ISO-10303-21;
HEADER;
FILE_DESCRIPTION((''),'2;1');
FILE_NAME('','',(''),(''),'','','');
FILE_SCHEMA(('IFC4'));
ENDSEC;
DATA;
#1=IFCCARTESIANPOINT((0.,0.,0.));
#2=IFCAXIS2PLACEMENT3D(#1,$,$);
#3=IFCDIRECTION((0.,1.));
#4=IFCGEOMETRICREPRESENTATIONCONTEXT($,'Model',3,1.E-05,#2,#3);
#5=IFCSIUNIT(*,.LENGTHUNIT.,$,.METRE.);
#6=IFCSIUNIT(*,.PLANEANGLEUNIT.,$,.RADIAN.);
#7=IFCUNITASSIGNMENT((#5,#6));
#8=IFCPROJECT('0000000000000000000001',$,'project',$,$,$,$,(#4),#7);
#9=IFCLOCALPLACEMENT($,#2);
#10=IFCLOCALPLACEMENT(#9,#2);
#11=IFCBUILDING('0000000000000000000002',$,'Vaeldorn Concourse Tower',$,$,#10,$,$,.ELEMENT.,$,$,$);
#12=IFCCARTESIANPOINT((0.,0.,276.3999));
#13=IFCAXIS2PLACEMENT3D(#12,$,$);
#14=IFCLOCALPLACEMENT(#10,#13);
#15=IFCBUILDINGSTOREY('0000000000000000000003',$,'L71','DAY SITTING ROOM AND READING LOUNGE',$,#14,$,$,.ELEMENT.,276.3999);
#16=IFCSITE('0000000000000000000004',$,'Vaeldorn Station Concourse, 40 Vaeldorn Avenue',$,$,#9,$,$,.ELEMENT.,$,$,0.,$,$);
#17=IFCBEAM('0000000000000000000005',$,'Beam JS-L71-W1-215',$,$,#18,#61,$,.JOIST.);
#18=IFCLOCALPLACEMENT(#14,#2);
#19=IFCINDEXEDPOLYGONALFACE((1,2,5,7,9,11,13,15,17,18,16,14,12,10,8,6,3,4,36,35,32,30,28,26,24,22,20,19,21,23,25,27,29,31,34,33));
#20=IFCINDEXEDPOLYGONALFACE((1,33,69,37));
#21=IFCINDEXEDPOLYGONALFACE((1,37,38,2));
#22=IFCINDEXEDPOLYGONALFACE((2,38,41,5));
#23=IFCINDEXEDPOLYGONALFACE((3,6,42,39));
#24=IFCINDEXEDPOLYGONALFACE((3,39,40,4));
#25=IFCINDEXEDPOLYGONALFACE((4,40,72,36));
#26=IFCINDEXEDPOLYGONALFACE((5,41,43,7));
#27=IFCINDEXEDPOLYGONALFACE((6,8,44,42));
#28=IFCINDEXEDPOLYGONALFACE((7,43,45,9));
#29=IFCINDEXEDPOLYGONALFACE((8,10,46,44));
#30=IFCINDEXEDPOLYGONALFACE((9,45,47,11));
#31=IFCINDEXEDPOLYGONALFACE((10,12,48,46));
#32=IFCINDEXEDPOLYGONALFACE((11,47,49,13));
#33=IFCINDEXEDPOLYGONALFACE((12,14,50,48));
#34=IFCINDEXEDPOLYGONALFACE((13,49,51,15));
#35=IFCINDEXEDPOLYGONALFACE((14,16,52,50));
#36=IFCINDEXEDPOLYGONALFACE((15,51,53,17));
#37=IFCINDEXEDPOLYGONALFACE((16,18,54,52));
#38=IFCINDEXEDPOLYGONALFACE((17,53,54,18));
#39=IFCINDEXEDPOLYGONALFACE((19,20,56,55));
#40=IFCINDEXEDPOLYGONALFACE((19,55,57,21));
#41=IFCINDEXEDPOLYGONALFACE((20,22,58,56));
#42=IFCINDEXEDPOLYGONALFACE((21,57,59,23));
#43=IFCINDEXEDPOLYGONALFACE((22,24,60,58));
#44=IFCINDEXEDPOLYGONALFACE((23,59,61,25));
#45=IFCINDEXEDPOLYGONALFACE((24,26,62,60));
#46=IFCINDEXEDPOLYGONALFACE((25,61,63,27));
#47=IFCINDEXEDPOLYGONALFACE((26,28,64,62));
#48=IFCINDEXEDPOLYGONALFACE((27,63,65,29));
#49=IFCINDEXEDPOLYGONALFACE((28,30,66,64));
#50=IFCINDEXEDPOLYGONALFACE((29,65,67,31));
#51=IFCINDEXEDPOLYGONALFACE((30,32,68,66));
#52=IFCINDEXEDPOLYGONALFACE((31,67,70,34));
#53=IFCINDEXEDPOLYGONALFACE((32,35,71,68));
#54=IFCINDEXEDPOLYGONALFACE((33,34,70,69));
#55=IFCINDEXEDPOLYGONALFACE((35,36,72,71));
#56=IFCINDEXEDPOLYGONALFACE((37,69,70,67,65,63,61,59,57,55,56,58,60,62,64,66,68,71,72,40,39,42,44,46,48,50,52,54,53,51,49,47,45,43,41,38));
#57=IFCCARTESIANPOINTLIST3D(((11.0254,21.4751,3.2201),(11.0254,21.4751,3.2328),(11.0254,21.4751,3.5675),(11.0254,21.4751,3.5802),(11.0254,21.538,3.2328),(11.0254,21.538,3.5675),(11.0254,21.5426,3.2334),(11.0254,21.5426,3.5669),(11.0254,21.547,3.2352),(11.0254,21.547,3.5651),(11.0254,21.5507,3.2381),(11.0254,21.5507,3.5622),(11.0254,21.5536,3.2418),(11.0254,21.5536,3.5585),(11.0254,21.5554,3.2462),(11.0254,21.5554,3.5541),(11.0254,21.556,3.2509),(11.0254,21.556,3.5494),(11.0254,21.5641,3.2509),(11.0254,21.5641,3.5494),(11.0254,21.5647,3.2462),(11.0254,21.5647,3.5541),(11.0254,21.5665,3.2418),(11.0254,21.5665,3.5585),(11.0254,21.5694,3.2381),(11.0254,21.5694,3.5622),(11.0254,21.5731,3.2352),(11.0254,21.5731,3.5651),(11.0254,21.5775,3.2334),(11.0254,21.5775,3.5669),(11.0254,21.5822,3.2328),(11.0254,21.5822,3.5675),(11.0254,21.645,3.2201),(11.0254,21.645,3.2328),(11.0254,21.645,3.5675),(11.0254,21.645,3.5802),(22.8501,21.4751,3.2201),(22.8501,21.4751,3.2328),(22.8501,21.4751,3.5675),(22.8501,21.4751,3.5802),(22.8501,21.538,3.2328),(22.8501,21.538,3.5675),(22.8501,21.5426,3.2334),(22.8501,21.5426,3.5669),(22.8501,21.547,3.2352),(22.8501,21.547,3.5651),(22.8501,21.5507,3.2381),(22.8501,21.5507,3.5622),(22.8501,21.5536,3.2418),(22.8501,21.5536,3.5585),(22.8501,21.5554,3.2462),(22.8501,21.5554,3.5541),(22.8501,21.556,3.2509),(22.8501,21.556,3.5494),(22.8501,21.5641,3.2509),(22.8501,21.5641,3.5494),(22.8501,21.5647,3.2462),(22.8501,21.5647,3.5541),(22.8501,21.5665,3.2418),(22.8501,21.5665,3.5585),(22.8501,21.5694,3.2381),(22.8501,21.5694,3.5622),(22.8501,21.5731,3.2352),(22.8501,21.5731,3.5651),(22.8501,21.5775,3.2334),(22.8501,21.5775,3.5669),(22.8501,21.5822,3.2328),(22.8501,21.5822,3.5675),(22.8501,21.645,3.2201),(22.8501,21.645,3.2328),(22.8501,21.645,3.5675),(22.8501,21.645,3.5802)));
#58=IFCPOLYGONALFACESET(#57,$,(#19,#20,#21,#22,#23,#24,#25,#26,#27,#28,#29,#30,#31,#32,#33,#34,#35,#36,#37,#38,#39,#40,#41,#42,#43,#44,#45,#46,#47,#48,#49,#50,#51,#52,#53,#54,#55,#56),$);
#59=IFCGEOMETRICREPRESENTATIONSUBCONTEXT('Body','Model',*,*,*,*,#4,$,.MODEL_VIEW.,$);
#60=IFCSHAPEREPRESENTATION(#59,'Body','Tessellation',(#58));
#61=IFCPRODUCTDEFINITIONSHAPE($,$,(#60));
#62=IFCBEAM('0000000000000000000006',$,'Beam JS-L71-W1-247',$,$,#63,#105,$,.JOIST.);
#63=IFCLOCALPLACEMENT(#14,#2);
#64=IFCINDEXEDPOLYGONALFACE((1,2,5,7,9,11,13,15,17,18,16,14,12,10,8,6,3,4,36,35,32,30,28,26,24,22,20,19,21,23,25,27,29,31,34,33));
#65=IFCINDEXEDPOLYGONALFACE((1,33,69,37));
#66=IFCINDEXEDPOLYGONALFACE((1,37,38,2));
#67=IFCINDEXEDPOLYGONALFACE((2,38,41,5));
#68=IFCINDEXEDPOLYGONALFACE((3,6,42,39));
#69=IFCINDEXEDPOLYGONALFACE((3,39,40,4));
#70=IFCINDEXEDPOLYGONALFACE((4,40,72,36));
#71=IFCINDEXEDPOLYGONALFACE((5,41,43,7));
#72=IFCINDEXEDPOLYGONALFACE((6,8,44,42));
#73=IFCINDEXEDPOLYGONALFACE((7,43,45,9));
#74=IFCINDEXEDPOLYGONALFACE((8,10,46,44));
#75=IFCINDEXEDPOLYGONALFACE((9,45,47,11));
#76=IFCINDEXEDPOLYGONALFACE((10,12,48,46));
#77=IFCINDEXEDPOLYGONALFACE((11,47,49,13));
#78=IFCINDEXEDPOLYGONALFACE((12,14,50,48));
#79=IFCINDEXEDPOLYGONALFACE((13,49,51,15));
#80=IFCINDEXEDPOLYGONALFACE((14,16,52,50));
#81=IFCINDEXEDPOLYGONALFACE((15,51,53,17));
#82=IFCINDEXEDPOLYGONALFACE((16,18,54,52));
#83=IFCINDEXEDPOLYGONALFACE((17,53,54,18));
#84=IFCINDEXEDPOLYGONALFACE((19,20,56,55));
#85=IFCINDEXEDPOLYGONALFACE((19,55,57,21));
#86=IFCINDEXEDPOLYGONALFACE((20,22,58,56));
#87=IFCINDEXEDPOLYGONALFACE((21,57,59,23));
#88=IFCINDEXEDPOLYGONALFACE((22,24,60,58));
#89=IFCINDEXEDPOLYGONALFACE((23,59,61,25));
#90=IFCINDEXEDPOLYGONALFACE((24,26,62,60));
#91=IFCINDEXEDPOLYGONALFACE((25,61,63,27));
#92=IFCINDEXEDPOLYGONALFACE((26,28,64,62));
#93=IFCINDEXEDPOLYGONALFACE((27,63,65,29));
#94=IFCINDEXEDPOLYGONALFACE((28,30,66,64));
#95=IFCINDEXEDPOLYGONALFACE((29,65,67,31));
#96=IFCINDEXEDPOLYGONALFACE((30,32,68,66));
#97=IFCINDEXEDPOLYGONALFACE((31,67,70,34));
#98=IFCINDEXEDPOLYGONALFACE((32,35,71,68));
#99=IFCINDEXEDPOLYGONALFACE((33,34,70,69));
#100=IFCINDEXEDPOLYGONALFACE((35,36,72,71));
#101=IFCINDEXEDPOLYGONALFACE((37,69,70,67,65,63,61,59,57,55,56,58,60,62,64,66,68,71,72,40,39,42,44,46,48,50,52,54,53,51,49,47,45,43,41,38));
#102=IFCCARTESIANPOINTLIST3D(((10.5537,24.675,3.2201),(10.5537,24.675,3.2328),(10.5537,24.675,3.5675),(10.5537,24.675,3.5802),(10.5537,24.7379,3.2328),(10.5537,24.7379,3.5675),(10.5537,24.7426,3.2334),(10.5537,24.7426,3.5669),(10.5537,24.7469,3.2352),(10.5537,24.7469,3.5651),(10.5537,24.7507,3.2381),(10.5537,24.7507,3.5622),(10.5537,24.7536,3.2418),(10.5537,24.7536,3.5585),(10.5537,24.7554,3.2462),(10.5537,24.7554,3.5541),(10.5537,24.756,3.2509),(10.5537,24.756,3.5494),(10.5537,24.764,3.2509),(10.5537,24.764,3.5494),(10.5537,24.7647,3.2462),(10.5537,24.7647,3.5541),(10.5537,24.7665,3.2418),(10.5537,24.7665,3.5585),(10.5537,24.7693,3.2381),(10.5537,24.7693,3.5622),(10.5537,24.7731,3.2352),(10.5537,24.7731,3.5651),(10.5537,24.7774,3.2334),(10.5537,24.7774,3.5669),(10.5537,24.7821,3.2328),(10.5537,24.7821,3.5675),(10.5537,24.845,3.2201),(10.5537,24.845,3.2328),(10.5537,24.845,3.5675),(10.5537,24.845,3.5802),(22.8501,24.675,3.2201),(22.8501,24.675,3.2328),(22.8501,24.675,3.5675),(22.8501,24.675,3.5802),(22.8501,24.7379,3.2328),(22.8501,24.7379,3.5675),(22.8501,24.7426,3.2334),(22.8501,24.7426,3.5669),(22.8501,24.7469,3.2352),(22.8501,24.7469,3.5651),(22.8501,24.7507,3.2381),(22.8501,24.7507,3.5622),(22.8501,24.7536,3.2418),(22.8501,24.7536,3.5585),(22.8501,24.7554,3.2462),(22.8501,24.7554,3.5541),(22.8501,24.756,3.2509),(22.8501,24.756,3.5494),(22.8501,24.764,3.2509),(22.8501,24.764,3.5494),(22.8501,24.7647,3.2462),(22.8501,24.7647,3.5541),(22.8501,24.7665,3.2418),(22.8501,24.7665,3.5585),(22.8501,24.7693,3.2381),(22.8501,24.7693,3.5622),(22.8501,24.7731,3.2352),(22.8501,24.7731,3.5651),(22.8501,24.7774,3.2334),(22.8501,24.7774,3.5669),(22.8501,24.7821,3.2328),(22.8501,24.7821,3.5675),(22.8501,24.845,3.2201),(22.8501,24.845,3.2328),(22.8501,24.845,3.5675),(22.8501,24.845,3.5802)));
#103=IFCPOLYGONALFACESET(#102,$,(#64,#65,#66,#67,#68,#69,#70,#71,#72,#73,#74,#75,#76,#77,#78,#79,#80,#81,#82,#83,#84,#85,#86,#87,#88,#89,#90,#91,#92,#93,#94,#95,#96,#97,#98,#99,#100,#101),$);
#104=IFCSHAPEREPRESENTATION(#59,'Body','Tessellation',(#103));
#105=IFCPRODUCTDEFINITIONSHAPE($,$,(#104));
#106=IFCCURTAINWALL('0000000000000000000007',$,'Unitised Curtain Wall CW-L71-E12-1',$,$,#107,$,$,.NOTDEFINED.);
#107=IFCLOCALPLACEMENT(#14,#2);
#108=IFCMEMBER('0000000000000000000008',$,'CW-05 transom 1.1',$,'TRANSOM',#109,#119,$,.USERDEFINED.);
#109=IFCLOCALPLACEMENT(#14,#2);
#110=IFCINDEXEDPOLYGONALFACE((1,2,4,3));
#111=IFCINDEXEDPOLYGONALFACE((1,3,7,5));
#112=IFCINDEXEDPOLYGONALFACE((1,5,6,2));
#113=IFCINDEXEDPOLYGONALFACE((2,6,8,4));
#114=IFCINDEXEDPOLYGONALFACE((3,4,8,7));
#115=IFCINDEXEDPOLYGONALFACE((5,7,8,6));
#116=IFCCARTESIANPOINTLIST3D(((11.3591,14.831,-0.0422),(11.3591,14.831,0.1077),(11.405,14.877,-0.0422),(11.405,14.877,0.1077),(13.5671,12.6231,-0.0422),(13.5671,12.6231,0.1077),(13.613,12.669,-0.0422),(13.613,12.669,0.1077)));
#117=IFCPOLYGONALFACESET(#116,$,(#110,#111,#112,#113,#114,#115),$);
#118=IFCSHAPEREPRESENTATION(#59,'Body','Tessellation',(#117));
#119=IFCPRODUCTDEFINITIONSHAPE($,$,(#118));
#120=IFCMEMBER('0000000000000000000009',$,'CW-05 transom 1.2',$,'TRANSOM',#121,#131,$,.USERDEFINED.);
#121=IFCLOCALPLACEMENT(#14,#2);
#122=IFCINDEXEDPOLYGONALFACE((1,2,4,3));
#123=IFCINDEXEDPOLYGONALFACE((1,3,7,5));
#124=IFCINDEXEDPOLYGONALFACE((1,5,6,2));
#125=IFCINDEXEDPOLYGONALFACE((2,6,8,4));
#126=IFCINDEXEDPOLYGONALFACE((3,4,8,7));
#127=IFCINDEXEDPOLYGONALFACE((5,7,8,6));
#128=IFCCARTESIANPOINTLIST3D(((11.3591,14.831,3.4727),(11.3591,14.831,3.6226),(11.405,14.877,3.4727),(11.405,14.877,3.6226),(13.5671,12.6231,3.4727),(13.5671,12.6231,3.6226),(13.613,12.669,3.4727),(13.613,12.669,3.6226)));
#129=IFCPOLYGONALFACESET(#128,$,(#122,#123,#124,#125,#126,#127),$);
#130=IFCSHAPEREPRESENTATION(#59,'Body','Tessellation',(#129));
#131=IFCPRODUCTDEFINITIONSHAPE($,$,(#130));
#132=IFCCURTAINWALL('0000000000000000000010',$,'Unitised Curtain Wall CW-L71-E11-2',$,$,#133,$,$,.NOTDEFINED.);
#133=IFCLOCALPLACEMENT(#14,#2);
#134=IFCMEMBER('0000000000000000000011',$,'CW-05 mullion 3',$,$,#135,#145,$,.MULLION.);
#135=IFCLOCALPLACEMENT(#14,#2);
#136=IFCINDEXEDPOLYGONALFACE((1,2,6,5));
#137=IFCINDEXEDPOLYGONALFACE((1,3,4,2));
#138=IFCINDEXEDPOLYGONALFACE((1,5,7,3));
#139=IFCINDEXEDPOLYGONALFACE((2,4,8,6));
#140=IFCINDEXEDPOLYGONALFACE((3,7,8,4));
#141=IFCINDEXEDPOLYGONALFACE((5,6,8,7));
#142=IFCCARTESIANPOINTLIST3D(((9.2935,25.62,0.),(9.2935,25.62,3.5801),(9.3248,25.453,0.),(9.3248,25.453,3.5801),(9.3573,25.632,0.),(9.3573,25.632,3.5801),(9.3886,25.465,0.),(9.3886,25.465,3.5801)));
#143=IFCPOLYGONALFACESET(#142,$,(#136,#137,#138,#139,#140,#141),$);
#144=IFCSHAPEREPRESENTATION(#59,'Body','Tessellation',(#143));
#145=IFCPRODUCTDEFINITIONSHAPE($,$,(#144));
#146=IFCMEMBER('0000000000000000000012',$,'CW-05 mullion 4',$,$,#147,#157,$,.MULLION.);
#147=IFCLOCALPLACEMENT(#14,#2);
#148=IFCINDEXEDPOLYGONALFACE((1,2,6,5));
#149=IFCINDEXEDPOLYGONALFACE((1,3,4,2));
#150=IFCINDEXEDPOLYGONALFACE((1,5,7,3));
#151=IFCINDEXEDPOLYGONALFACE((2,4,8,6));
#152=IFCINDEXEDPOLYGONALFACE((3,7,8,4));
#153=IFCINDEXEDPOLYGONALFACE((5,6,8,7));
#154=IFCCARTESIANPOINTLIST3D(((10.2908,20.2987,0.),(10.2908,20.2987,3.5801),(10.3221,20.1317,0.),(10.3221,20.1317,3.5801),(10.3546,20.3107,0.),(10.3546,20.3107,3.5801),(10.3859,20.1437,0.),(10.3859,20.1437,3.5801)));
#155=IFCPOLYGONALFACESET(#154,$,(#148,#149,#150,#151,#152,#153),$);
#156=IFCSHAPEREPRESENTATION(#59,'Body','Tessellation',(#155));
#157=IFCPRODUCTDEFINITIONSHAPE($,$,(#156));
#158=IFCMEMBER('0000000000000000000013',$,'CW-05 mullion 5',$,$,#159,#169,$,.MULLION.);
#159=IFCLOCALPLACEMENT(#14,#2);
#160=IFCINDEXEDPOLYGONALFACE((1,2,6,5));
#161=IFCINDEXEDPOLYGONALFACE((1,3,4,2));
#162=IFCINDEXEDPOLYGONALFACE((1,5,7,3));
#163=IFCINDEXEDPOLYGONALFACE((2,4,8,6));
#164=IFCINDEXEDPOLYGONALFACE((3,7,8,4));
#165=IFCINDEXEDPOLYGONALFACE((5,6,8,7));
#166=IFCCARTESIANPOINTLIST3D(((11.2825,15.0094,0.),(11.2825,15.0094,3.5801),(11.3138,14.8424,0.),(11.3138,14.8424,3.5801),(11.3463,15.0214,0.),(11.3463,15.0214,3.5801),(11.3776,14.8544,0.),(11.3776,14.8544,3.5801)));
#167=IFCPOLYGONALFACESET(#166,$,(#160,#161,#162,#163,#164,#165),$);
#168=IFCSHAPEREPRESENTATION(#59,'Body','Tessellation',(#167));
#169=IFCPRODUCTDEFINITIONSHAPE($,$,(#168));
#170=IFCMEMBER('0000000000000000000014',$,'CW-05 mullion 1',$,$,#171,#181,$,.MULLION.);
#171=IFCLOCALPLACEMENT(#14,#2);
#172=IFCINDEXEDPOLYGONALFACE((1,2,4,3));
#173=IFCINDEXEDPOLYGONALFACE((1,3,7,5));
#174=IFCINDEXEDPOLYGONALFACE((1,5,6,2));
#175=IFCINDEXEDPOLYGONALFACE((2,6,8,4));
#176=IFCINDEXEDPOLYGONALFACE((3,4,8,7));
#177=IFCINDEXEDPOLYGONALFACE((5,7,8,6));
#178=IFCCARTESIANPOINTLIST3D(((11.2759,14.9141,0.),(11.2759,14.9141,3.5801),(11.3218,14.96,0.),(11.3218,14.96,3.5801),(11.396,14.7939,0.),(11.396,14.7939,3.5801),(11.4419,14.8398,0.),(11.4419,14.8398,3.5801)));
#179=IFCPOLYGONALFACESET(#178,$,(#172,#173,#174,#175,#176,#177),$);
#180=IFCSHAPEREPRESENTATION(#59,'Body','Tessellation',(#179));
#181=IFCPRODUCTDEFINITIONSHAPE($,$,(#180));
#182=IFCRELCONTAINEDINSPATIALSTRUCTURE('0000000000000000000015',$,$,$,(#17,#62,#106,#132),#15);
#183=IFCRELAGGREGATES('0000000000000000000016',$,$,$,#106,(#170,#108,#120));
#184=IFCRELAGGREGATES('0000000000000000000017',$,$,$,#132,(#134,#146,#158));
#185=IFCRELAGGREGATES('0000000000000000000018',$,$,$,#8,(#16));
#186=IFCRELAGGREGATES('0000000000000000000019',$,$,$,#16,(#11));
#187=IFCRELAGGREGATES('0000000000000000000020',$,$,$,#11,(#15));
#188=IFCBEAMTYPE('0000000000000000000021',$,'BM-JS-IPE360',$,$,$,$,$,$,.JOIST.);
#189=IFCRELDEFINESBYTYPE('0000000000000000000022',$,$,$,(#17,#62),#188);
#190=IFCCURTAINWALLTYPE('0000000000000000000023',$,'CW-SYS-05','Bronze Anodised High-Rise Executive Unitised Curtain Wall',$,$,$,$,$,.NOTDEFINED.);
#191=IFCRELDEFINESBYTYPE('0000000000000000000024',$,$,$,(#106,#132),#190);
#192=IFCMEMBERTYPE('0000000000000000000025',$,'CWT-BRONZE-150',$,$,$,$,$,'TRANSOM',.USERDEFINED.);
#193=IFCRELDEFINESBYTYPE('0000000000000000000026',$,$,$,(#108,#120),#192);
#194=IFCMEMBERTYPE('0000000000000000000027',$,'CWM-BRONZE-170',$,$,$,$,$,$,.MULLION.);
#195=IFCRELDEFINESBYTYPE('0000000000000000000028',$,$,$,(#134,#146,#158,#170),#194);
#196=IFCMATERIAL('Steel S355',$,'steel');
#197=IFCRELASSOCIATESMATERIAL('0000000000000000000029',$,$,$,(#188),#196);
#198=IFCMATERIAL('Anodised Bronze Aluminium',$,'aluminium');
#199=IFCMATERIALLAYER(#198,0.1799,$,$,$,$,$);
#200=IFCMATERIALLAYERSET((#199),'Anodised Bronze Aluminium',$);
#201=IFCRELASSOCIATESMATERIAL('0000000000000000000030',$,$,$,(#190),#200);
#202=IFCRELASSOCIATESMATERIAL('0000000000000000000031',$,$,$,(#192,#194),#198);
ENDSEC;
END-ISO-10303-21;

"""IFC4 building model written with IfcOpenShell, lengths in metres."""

from ifc_helpers import new_model, si_unit, direction, frame, origin, origin_2d, place, context, subcontext, project, spatial, rectangle, i_section, extrude, source, transform, mapped, material, layer, layer_set, material_profile, profile_set, type_object, element, aggregate, save


model = new_model("IFC4")

# Units and contexts
model_context = context("Model", 3, precision=1e-05, world=origin(), true_north=direction((0.0, 1.0)))
body_context = subcontext(model_context, "Body", "Model", "MODEL_VIEW")
ifc_project = project(units=[si_unit("LENGTHUNIT", "METRE"), si_unit("PLANEANGLEUNIT", "RADIAN")], contexts=[model_context])

# Site, building, storey
site_placement = place(None, origin())
site = spatial("IfcSite", under=ifc_project, at=site_placement, Name="Vaeldorn Station Concourse, 40 Vaeldorn Avenue", CompositionType="ELEMENT", RefElevation=0.0)
building_placement = place(site_placement, origin())
building = spatial("IfcBuilding", under=site, at=building_placement, Name="Vaeldorn Concourse Tower", CompositionType="ELEMENT")
storey_placement = place(building_placement, frame((0.0, 0.0, 276.3999)))
storey = spatial("IfcBuildingStorey", under=building, at=storey_placement, Name="L71", Description="DAY SITTING ROOM AND READING LOUNGE", CompositionType="ELEMENT", Elevation=276.3999)

# Shared definitions
ifc_material_1 = material(Name="Steel S355", Category="steel")

# Beams
ifc_material_profile_1 = material_profile(ifc_material_1, i_section(OverallWidth=0.1699, OverallDepth=0.3601, WebThickness=0.0081, FlangeThickness=0.0127, FilletRadius=0.0181, at=origin_2d()), Name="IPE 360")
ifc_profile_set_1 = profile_set([ifc_material_profile_1], Name="Steel S355")
beam_type_1 = type_object("IfcBeamType", Name="BM-JS-IPE360", PredefinedType="JOIST", material=ifc_profile_set_1)
shared_shape_1 = source(origin(), body_context, "Body", "SweptSolid", [
    extrude(i_section(OverallWidth=0.1699, OverallDepth=0.3601, WebThickness=0.0081, FlangeThickness=0.0127, FilletRadius=0.0181, at=origin_2d()), origin(), (0.0, 0.0, 1.0), 11.8247),
])
beam_1_placement = place(storey_placement, frame((11.0254, 21.5601, 3.4001), z_axis=(1.0, 0.0, 0.0), x_axis=(0.0, 1.0, 0.0)))
element("IfcBeam", 1, at=beam_1_placement, inside=storey, type_object=beam_type_1, Name="Beam JS-L71-W1-215", PredefinedType="JOIST", context=body_context, shape_type="MappedRepresentation", body=[
    mapped(shared_shape_1, transform((0.0, 0.0, 0.0), scale=1.0)),
])
shared_shape_2 = source(origin(), body_context, "Body", "SweptSolid", [
    extrude(i_section(OverallWidth=0.1699, OverallDepth=0.3601, WebThickness=0.0081, FlangeThickness=0.0127, FilletRadius=0.0181, at=origin_2d()), origin(), (0.0, 0.0, 1.0), 12.2964),
])
beam_2_placement = place(storey_placement, frame((10.5537, 24.76, 3.4001), z_axis=(1.0, 0.0, 0.0), x_axis=(0.0, 1.0, 0.0)))
element("IfcBeam", 2, at=beam_2_placement, inside=storey, type_object=beam_type_1, Name="Beam JS-L71-W1-247", PredefinedType="JOIST", context=body_context, shape_type="MappedRepresentation", body=[
    mapped(shared_shape_2, transform((0.0, 0.0, 0.0), scale=1.0)),
])

# Curtain walls, members
ifc_material_2 = material(Name="Anodised Bronze Aluminium", Category="aluminium")
ifc_layer_1 = layer(ifc_material_2, 0.1799)
ifc_layer_set_1 = layer_set([ifc_layer_1], Name="Anodised Bronze Aluminium")
curtain_wall_type = type_object("IfcCurtainWallType", Name="CW-SYS-05", Description="Bronze Anodised High-Rise Executive Unitised Curtain Wall", PredefinedType="NOTDEFINED", material=ifc_layer_set_1)
curtain_wall_1_placement = place(storey_placement, origin())
curtain_wall_1 = element("IfcCurtainWall", 3, at=curtain_wall_1_placement, inside=storey, type_object=curtain_wall_type, Name="Unitised Curtain Wall CW-L71-E12-1", PredefinedType="NOTDEFINED")
ifc_material_profile_2 = material_profile(ifc_material_2, rectangle(XDim=0.0649, YDim=0.1499, at=origin_2d()), Name="CWT 65x150")
ifc_profile_set_2 = profile_set([ifc_material_profile_2], Name="Anodised Bronze Aluminium")
member_type_1 = type_object("IfcMemberType", Name="CWT-BRONZE-150", ElementType="TRANSOM", PredefinedType="USERDEFINED", material=ifc_profile_set_2)
shared_shape_3 = source(origin(), body_context, "Body", "SweptSolid", [
    extrude(rectangle(XDim=0.0649, YDim=0.1499, at=origin_2d()), origin(), (0.0, 0.0, 1.0), 3.1226),
])
member_1_placement = place(storey_placement, frame((11.3821, 14.854, 0.0327), z_axis=(0.707107, -0.707107, 0.0), x_axis=(0.707107, 0.707107, 0.0)))
member_1 = element("IfcMember", 4, at=member_1_placement, type_object=member_type_1, Name="CW-05 transom 1.1", ObjectType="TRANSOM", PredefinedType="USERDEFINED", context=body_context, shape_type="MappedRepresentation", body=[
    mapped(shared_shape_3, transform((0.0, 0.0, 0.0), scale=1.0)),
])
member_2_placement = place(storey_placement, frame((11.3821, 14.854, 3.5476), z_axis=(0.707107, -0.707107, 0.0), x_axis=(0.707107, 0.707107, 0.0)))
member_2 = element("IfcMember", 5, at=member_2_placement, type_object=member_type_1, Name="CW-05 transom 1.2", ObjectType="TRANSOM", PredefinedType="USERDEFINED", context=body_context, shape_type="MappedRepresentation", body=[
    mapped(shared_shape_3, transform((0.0, 0.0, 0.0), scale=1.0)),
])
curtain_wall_2_placement = place(storey_placement, origin())
curtain_wall_2 = element("IfcCurtainWall", 6, at=curtain_wall_2_placement, inside=storey, type_object=curtain_wall_type, Name="Unitised Curtain Wall CW-L71-E11-2", PredefinedType="NOTDEFINED")
ifc_material_profile_3 = material_profile(ifc_material_2, rectangle(XDim=0.0649, YDim=0.1699, at=origin_2d()), Name="CWM 65x170")
ifc_profile_set_3 = profile_set([ifc_material_profile_3], Name="Anodised Bronze Aluminium")
member_type_2 = type_object("IfcMemberType", Name="CWM-BRONZE-170", PredefinedType="MULLION", material=ifc_profile_set_3)
shared_shape_4 = source(origin(), body_context, "Body", "SweptSolid", [
    extrude(rectangle(XDim=0.0649, YDim=0.1699, at=origin_2d()), origin(), (0.0, 0.0, 1.0), 3.5801),
])
member_3_placement = place(storey_placement, frame((9.3411, 25.5425, 0.0), z_axis=(0.0, 0.0, 1.0), x_axis=(0.98288, 0.184247, 0.0)))
member_3 = element("IfcMember", 7, at=member_3_placement, type_object=member_type_2, Name="CW-05 mullion 3", PredefinedType="MULLION", context=body_context, shape_type="MappedRepresentation", body=[
    mapped(shared_shape_4, transform((0.0, 0.0, 0.0), scale=1.0)),
])
member_4_placement = place(storey_placement, frame((10.3384, 20.2212, 0.0), z_axis=(0.0, 0.0, 1.0), x_axis=(0.98288, 0.184247, 0.0)))
member_4 = element("IfcMember", 8, at=member_4_placement, type_object=member_type_2, Name="CW-05 mullion 4", PredefinedType="MULLION", context=body_context, shape_type="MappedRepresentation", body=[
    mapped(shared_shape_4, transform((0.0, 0.0, 0.0), scale=1.0)),
])
member_5_placement = place(storey_placement, frame((11.3301, 14.9319, 0.0), z_axis=(0.0, 0.0, 1.0), x_axis=(0.98288, 0.184247, 0.0)))
member_5 = element("IfcMember", 9, at=member_5_placement, type_object=member_type_2, Name="CW-05 mullion 5", PredefinedType="MULLION", context=body_context, shape_type="MappedRepresentation", body=[
    mapped(shared_shape_4, transform((0.0, 0.0, 0.0), scale=1.0)),
])

# Member
member_6_placement = place(storey_placement, frame((11.3589, 14.877, 0.0), z_axis=(0.0, 0.0, 1.0), x_axis=(0.707107, 0.707107, 0.0)))
member_6 = element("IfcMember", 10, at=member_6_placement, type_object=member_type_2, Name="CW-05 mullion 1", PredefinedType="MULLION", context=body_context, shape_type="MappedRepresentation", body=[
    mapped(shared_shape_4, transform((0.0, 0.0, 0.0), scale=1.0)),
])
aggregate(curtain_wall_1, [member_6, member_1, member_2])

aggregate(curtain_wall_2, [member_3, member_4, member_5])

save(model, "model.ifc")
